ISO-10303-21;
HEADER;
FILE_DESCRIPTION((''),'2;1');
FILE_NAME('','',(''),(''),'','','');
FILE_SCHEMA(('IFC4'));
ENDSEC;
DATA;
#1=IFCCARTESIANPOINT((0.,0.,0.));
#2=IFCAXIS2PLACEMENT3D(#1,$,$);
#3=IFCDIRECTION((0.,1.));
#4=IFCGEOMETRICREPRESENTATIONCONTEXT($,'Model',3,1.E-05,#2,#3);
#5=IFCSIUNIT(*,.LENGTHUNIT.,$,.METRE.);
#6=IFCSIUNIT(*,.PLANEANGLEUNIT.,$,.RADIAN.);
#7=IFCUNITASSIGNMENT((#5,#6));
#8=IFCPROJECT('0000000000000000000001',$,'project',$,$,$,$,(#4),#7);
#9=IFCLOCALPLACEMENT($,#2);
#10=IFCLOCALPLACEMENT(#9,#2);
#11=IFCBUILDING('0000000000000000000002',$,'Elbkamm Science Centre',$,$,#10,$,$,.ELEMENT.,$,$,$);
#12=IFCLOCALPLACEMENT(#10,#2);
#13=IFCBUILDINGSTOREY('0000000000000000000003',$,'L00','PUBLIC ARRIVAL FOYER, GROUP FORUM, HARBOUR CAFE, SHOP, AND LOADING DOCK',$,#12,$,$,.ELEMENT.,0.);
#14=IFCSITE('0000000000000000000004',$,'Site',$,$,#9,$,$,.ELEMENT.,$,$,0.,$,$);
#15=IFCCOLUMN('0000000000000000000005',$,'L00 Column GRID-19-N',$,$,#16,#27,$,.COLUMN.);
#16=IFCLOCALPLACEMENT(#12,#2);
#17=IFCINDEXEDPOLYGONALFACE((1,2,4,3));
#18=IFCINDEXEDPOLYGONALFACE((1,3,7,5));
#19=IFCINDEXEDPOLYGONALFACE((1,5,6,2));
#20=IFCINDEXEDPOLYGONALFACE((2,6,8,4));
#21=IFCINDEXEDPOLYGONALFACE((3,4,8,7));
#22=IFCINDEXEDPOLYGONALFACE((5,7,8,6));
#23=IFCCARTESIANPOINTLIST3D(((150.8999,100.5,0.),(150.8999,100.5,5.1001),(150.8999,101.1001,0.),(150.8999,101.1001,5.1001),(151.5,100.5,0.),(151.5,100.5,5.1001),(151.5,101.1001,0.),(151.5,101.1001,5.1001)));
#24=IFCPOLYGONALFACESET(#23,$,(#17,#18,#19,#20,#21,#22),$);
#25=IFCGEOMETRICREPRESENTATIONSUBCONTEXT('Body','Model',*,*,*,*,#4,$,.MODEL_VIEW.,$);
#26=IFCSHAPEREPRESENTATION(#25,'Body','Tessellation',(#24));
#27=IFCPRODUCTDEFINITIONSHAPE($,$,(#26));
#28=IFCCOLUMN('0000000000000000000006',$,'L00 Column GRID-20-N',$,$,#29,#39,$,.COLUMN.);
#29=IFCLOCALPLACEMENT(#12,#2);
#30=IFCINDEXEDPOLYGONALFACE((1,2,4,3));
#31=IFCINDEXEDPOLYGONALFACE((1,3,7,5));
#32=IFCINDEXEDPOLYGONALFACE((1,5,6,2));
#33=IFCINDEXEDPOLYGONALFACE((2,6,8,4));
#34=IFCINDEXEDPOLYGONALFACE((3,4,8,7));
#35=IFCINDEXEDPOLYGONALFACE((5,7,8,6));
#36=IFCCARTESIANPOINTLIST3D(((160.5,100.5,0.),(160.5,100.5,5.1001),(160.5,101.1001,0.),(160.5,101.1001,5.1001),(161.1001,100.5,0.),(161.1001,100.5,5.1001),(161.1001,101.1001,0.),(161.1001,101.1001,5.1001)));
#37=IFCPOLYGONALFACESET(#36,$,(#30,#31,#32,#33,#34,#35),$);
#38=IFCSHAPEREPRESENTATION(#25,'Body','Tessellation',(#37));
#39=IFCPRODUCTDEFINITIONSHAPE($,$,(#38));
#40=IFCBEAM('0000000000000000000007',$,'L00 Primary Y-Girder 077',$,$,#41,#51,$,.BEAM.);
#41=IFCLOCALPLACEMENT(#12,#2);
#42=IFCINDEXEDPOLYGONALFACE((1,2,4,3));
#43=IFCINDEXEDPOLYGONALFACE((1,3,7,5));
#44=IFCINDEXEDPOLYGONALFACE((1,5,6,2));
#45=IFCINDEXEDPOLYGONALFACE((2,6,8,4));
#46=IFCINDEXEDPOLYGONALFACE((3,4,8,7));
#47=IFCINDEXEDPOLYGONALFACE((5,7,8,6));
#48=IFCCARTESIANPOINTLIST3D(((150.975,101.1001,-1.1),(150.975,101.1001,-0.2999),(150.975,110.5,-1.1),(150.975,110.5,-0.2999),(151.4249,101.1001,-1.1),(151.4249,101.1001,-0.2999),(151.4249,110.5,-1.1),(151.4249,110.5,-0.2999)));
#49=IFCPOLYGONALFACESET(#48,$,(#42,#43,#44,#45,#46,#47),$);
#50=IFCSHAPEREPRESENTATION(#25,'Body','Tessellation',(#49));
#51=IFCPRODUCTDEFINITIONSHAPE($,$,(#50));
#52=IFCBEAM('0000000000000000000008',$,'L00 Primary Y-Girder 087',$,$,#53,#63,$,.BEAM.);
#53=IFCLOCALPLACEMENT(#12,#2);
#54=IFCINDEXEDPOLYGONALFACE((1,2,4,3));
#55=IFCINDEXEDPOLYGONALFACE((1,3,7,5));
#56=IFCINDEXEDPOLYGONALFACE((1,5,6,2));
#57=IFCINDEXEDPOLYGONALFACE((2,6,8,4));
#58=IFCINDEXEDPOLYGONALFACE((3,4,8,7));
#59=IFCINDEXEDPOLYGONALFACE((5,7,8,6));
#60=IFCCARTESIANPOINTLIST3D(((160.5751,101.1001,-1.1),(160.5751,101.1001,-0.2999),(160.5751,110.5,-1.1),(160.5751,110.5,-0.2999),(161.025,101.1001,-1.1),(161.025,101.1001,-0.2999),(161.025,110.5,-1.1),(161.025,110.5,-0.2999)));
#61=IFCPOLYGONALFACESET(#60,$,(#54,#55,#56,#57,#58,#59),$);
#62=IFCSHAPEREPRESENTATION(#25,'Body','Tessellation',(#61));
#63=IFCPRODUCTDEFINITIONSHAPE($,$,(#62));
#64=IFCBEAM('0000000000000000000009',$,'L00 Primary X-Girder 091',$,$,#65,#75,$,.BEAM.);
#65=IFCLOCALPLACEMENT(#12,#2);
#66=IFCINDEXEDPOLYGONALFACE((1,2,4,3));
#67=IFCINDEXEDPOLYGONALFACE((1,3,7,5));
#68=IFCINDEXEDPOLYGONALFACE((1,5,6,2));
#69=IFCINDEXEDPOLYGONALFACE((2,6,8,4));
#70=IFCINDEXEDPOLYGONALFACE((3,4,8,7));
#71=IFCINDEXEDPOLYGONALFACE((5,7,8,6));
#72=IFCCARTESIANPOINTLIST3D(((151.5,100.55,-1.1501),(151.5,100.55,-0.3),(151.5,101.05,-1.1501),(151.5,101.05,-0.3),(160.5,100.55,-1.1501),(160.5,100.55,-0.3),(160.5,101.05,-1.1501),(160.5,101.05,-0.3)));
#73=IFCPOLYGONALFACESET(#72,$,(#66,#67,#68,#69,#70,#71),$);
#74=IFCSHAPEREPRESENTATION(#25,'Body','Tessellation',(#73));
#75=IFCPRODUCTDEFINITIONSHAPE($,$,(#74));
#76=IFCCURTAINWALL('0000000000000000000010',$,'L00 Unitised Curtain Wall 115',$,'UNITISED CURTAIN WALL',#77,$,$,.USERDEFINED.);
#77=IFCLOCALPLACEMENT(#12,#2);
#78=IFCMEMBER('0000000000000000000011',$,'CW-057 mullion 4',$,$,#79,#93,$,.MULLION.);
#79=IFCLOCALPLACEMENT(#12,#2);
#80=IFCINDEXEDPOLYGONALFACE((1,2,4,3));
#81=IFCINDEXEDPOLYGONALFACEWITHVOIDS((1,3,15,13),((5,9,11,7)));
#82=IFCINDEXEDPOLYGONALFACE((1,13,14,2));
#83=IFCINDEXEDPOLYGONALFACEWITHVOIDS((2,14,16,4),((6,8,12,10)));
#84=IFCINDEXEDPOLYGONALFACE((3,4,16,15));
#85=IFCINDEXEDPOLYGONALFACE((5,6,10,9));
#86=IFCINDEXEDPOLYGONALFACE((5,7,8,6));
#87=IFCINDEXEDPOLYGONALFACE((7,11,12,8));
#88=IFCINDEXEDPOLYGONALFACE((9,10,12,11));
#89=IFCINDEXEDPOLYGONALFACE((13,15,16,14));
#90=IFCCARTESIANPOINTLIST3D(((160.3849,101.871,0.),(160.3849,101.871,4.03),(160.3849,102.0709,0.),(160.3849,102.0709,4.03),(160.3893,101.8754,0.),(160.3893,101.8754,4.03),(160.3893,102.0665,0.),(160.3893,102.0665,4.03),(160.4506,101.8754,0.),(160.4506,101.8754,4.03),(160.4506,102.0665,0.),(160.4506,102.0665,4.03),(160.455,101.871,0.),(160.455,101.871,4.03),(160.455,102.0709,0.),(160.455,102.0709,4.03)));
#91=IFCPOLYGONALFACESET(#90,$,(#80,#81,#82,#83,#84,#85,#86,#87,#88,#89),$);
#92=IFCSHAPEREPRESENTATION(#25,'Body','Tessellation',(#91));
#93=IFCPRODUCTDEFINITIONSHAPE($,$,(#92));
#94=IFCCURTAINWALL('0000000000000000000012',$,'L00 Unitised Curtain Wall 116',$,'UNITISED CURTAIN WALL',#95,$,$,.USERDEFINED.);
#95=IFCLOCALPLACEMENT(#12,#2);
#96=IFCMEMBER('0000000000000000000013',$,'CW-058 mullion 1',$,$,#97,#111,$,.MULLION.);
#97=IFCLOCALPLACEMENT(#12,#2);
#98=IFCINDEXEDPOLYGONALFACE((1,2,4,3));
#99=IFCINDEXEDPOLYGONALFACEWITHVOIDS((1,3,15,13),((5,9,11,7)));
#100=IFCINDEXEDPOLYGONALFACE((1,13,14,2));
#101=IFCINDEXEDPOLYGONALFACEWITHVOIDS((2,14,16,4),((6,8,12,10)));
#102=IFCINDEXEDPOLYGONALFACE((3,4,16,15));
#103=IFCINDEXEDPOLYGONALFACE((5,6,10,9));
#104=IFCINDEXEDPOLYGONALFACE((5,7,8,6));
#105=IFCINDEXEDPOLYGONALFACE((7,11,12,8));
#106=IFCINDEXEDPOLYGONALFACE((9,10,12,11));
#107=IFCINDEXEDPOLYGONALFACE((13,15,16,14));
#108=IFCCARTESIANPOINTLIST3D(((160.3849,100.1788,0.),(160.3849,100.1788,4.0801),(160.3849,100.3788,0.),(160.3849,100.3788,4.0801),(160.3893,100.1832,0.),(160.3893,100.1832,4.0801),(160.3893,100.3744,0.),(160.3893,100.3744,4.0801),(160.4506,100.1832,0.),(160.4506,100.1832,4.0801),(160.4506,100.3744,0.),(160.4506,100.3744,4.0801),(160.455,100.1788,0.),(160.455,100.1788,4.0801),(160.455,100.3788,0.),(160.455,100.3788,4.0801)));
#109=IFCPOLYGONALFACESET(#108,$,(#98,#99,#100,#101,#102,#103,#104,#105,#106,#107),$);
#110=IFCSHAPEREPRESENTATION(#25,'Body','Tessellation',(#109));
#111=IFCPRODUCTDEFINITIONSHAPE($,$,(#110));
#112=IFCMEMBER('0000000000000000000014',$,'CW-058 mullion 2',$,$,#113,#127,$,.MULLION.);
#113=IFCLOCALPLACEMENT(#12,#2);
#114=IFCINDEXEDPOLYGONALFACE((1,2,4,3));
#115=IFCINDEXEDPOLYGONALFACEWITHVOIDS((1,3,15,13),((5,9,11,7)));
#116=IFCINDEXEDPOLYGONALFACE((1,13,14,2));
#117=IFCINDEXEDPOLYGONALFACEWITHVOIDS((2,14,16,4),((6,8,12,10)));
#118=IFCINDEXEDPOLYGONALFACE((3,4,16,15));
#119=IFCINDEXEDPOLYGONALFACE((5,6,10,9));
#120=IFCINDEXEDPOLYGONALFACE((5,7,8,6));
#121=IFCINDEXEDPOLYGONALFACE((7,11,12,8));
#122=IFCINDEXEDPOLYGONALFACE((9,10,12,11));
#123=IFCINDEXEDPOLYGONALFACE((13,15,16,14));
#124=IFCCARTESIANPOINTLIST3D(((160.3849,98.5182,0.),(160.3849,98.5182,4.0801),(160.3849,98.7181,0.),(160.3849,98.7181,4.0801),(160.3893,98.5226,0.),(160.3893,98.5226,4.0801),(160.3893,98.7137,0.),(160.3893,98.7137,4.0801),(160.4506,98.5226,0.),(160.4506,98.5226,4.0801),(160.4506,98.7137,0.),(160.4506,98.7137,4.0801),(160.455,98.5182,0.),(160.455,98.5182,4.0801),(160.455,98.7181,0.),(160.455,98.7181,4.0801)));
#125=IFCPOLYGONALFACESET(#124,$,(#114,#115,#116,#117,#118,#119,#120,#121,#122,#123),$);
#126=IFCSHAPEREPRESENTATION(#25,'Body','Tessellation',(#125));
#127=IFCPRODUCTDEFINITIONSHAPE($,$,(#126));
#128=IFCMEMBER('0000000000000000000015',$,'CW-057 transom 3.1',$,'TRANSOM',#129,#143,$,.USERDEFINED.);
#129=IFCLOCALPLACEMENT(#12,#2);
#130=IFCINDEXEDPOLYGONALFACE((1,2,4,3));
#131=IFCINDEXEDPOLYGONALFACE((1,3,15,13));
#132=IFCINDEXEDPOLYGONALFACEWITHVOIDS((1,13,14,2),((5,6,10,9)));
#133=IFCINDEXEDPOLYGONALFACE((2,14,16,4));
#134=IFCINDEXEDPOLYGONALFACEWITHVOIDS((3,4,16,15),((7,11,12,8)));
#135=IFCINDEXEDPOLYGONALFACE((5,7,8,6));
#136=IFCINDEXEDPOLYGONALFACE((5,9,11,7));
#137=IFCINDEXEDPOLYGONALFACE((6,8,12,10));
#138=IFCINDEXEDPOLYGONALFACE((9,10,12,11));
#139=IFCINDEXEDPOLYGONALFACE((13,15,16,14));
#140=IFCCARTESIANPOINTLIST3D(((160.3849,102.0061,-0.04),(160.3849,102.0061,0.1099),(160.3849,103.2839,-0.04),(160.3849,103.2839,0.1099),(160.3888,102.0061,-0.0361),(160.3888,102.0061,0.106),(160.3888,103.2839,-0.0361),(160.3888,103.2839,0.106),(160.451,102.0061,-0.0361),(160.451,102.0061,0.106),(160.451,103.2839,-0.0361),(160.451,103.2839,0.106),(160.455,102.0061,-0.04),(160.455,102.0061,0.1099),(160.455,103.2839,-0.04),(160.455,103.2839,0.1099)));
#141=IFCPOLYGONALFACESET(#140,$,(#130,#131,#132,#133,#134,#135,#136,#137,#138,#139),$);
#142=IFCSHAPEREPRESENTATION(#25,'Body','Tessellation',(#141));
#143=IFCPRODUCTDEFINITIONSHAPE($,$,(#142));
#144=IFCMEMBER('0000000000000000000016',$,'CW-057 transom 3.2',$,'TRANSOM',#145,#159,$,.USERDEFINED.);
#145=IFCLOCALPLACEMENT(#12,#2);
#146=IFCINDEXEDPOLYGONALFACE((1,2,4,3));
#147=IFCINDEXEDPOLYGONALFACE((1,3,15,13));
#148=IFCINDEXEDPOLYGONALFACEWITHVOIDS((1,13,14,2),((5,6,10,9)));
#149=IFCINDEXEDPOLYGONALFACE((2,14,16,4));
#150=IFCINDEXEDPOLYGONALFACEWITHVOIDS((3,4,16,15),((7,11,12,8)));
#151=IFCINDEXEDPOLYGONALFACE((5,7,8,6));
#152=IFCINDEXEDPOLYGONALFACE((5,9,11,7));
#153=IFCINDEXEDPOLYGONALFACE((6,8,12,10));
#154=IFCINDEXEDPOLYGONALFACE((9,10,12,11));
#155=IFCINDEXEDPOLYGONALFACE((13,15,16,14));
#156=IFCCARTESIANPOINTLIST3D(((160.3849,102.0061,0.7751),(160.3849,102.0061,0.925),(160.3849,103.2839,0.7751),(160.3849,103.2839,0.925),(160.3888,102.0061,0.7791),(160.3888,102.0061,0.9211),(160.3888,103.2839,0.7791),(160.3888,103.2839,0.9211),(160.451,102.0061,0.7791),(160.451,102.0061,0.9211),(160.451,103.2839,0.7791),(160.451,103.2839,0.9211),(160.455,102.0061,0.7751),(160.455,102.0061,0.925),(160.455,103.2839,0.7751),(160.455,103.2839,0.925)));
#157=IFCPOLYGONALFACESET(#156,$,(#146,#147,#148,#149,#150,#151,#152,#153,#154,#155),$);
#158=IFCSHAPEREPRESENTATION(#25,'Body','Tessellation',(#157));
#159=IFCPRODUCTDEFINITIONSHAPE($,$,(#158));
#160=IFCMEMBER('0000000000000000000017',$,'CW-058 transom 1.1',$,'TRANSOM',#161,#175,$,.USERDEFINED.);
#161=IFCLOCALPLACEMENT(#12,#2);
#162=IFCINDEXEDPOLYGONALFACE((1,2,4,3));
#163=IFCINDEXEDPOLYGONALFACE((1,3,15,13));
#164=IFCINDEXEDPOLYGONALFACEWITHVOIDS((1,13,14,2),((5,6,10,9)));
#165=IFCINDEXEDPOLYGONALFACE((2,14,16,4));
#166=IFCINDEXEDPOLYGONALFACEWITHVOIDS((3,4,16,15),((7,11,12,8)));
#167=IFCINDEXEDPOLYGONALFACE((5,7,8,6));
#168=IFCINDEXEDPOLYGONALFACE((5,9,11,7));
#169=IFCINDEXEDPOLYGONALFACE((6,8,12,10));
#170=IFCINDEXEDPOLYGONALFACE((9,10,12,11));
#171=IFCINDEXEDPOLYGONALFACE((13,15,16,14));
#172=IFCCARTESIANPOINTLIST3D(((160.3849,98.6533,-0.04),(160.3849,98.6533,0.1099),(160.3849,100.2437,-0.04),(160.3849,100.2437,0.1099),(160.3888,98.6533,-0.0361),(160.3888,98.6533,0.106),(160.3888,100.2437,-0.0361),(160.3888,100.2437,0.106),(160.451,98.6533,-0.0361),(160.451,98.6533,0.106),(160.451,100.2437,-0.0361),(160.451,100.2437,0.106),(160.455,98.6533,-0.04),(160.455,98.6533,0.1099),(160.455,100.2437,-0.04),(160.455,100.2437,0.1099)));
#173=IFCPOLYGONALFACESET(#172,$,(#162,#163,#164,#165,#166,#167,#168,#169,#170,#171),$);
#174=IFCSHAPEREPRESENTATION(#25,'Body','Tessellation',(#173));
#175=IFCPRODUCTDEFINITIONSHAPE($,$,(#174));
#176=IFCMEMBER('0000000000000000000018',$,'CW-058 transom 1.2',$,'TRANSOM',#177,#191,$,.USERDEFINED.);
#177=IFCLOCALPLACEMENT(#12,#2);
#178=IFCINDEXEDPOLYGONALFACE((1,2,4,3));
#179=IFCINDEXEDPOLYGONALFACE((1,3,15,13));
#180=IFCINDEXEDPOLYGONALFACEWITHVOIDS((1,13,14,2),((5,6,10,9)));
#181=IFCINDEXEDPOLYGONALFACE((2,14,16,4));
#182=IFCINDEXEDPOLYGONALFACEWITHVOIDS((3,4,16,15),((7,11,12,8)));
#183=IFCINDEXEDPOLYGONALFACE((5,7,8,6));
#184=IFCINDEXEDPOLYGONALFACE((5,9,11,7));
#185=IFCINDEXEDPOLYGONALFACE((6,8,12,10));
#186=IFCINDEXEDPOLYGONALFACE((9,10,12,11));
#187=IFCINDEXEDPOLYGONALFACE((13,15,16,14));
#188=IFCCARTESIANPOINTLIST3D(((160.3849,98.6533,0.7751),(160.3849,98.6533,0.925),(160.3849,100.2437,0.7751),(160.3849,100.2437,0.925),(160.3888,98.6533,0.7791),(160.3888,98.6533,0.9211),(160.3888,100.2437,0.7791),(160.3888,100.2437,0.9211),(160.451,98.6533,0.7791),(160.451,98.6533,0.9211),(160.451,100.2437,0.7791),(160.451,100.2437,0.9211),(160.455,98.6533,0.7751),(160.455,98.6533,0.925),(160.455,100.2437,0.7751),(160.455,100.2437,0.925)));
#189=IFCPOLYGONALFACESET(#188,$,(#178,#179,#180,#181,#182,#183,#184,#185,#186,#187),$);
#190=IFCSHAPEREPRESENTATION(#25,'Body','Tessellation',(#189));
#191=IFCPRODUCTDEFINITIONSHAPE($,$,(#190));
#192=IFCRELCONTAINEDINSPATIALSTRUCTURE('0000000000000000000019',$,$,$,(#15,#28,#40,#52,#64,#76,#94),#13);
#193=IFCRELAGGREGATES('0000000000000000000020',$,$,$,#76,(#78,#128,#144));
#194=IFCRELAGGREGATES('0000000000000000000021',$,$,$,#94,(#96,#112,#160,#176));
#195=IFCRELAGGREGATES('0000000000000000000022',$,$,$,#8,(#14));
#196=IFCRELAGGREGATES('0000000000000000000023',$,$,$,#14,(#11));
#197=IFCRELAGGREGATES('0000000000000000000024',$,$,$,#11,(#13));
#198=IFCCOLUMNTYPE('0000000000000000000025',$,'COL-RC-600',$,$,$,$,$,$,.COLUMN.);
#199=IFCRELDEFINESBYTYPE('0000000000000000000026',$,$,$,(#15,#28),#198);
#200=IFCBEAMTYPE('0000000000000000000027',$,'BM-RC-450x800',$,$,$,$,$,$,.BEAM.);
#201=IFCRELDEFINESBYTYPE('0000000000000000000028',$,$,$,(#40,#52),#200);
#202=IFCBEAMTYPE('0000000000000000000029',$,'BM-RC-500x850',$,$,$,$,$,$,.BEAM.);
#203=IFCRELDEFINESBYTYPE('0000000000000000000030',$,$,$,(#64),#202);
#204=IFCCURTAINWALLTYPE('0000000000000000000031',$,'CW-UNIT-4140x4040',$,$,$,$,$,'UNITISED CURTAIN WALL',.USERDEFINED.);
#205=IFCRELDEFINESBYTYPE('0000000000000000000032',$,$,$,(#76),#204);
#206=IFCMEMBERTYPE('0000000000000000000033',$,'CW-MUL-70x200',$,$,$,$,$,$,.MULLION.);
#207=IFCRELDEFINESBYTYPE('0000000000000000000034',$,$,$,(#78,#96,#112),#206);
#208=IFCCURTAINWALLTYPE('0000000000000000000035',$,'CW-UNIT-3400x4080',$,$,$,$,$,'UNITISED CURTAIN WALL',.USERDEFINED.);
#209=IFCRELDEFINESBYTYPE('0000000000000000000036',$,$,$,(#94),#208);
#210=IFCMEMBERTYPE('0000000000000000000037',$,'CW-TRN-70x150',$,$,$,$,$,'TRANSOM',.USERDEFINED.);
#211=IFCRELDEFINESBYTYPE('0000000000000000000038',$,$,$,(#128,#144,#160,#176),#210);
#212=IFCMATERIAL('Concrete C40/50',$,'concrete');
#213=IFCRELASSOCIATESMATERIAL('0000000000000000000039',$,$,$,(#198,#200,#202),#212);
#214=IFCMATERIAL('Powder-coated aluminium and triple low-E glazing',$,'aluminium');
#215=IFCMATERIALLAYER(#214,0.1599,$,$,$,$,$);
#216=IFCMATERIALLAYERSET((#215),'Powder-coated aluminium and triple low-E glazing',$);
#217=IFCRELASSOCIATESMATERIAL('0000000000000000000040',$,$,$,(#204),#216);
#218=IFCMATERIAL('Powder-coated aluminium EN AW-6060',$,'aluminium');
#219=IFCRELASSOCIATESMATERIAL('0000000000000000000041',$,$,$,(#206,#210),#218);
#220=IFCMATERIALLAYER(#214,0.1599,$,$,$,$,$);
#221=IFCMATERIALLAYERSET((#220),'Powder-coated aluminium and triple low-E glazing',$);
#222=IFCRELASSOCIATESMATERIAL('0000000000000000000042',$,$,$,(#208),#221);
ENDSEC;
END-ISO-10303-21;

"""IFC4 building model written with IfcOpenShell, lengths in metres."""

from ifc_helpers import new_model, si_unit, direction, frame, origin, origin_2d, place, context, subcontext, project, spatial, rectangle, hollow_rectangle, extrude, material, layer, layer_set, material_profile, profile_set, type_object, element, aggregate, save


model = new_model("IFC4")

# Units and contexts
model_context = context("Model", 3, precision=1e-05, world=origin(), true_north=direction((0.0, 1.0)))
body_context = subcontext(model_context, "Body", "Model", "MODEL_VIEW")
ifc_project = project(units=[si_unit("LENGTHUNIT", "METRE"), si_unit("PLANEANGLEUNIT", "RADIAN")], contexts=[model_context])

# Site, building, storey
site_placement = place(None, origin())
site = spatial("IfcSite", under=ifc_project, at=site_placement, Name="Site", CompositionType="ELEMENT", RefElevation=0.0)
building_placement = place(site_placement, origin())
building = spatial("IfcBuilding", under=site, at=building_placement, Name="Elbkamm Science Centre", CompositionType="ELEMENT")
storey_placement = place(building_placement, origin())
storey = spatial("IfcBuildingStorey", under=building, at=storey_placement, Name="L00", Description="PUBLIC ARRIVAL FOYER, GROUP FORUM, HARBOUR CAFE, SHOP, AND LOADING DOCK", CompositionType="ELEMENT", Elevation=0.0)

# Columns
ifc_material_1 = material(Name="Concrete C40/50", Category="concrete")
ifc_material_profile_1 = material_profile(ifc_material_1, rectangle(XDim=0.6001, YDim=0.6001, at=origin_2d()), Name="RC 600x600")
ifc_profile_set_1 = profile_set([ifc_material_profile_1], Name="Concrete C40/50")
column_type = type_object("IfcColumnType", Name="COL-RC-600", PredefinedType="COLUMN", material=ifc_profile_set_1)
for number, where, z_axis, x_axis, name in (
    (1, (151.2, 100.8, 0.0), (0.0, 0.0, 1.0), (1.0, 0.0, 0.0), "L00 Column GRID-19-N"),
    (2, (160.8, 100.8, 0.0), (0.0, 0.0, 1.0), (1.0, 0.0, 0.0), "L00 Column GRID-20-N"),
):
    element("IfcColumn", number, at=place(storey_placement, frame(where, z_axis=z_axis, x_axis=x_axis)), inside=storey, type_object=column_type, Name=name, PredefinedType="COLUMN", context=body_context, shape_type="SweptSolid", body=[
        extrude(rectangle(XDim=0.6001, YDim=0.6001, at=origin_2d()), origin(), (0.0, 0.0, 1.0), 5.1001),
    ])

# Beams
ifc_material_profile_2 = material_profile(ifc_material_1, rectangle(XDim=0.45, YDim=0.8, at=origin_2d()), Name="RC 450x800")
ifc_profile_set_2 = profile_set([ifc_material_profile_2], Name="Concrete C40/50")
beam_type_1 = type_object("IfcBeamType", Name="BM-RC-450x800", PredefinedType="BEAM", material=ifc_profile_set_2)
for number, where, z_axis, x_axis, name in (
    (3, (151.2, 101.1001, -0.7), (0.0, 1.0, 0.0), (-1.0, 0.0, 0.0), "L00 Primary Y-Girder 077"),
    (4, (160.8, 101.1001, -0.7), (0.0, 1.0, 0.0), (-1.0, 0.0, 0.0), "L00 Primary Y-Girder 087"),
):
    element("IfcBeam", number, at=place(storey_placement, frame(where, z_axis=z_axis, x_axis=x_axis)), inside=storey, type_object=beam_type_1, Name=name, PredefinedType="BEAM", context=body_context, shape_type="SweptSolid", body=[
        extrude(rectangle(XDim=0.45, YDim=0.8, at=origin_2d()), origin(), (0.0, 0.0, 1.0), 9.3999),
    ])
ifc_material_profile_3 = material_profile(ifc_material_1, rectangle(XDim=0.5, YDim=0.8501, at=origin_2d()), Name="RC 500x850")
ifc_profile_set_3 = profile_set([ifc_material_profile_3], Name="Concrete C40/50")
beam_type_2 = type_object("IfcBeamType", Name="BM-RC-500x850", PredefinedType="BEAM", material=ifc_profile_set_3)
beam_1_placement = place(storey_placement, frame((151.5, 100.8, -0.7251), z_axis=(1.0, 0.0, 0.0), x_axis=(0.0, 1.0, 0.0)))
element("IfcBeam", 5, at=beam_1_placement, inside=storey, type_object=beam_type_2, Name="L00 Primary X-Girder 091", PredefinedType="BEAM", context=body_context, shape_type="SweptSolid", body=[
    extrude(rectangle(XDim=0.5, YDim=0.8501, at=origin_2d()), origin(), (0.0, 0.0, 1.0), 9.0),
])

# Curtain wall, member
ifc_material_2 = material(Name="Powder-coated aluminium and triple low-E glazing", Category="aluminium")
ifc_layer_1 = layer(ifc_material_2, 0.1599)
ifc_layer_set_1 = layer_set([ifc_layer_1], Name="Powder-coated aluminium and triple low-E glazing")
curtain_wall_type_1 = type_object("IfcCurtainWallType", Name="CW-UNIT-4140x4040", ElementType="UNITISED CURTAIN WALL", PredefinedType="USERDEFINED", material=ifc_layer_set_1)
curtain_wall_1_placement = place(storey_placement, origin())
curtain_wall_1 = element("IfcCurtainWall", 6, at=curtain_wall_1_placement, inside=storey, type_object=curtain_wall_type_1, Name="L00 Unitised Curtain Wall 115", ObjectType="UNITISED CURTAIN WALL", PredefinedType="USERDEFINED")
ifc_material_3 = material(Name="Powder-coated aluminium EN AW-6060", Category="aluminium")
ifc_material_profile_4 = material_profile(ifc_material_3, hollow_rectangle(XDim=0.0701, YDim=0.2, WallThickness=0.0044, at=origin_2d()), Name="ALU M70x200")
ifc_profile_set_4 = profile_set([ifc_material_profile_4], Name="Powder-coated aluminium EN AW-6060")
member_type_1 = type_object("IfcMemberType", Name="CW-MUL-70x200", PredefinedType="MULLION", material=ifc_profile_set_4)
member_1_placement = place(storey_placement, frame((160.4199, 101.9709, 0.0), z_axis=(0.0, 0.0, 1.0), x_axis=(1.0, 0.0, 0.0)))
member_1 = element("IfcMember", 7, at=member_1_placement, type_object=member_type_1, Name="CW-057 mullion 4", PredefinedType="MULLION", context=body_context, shape_type="SweptSolid", body=[
    extrude(hollow_rectangle(XDim=0.0701, YDim=0.2, WallThickness=0.0044, at=origin_2d()), origin(), (0.0, 0.0, 1.0), 4.03),
])

# Curtain wall, members
ifc_layer_2 = layer(ifc_material_2, 0.1599)
ifc_layer_set_2 = layer_set([ifc_layer_2], Name="Powder-coated aluminium and triple low-E glazing")
curtain_wall_type_2 = type_object("IfcCurtainWallType", Name="CW-UNIT-3400x4080", ElementType="UNITISED CURTAIN WALL", PredefinedType="USERDEFINED", material=ifc_layer_set_2)
curtain_wall_2_placement = place(storey_placement, origin())
curtain_wall_2 = element("IfcCurtainWall", 8, at=curtain_wall_2_placement, inside=storey, type_object=curtain_wall_type_2, Name="L00 Unitised Curtain Wall 116", ObjectType="UNITISED CURTAIN WALL", PredefinedType="USERDEFINED")
member_2_placement = place(storey_placement, frame((160.4199, 100.2788, 0.0), z_axis=(0.0, 0.0, 1.0), x_axis=(1.0, 0.0, 0.0)))
member_2 = element("IfcMember", 9, at=member_2_placement, type_object=member_type_1, Name="CW-058 mullion 1", PredefinedType="MULLION", context=body_context, shape_type="SweptSolid", body=[
    extrude(hollow_rectangle(XDim=0.0701, YDim=0.2, WallThickness=0.0044, at=origin_2d()), origin(), (0.0, 0.0, 1.0), 4.0801),
])
member_3_placement = place(storey_placement, frame((160.4199, 98.6182, 0.0), z_axis=(0.0, 0.0, 1.0), x_axis=(1.0, 0.0, 0.0)))
member_3 = element("IfcMember", 10, at=member_3_placement, type_object=member_type_1, Name="CW-058 mullion 2", PredefinedType="MULLION", context=body_context, shape_type="SweptSolid", body=[
    extrude(hollow_rectangle(XDim=0.0701, YDim=0.2, WallThickness=0.0044, at=origin_2d()), origin(), (0.0, 0.0, 1.0), 4.0801),
])

# Members
ifc_material_profile_5 = material_profile(ifc_material_3, hollow_rectangle(XDim=0.0701, YDim=0.1499, WallThickness=0.0039, at=origin_2d()), Name="ALU T70x150")
ifc_profile_set_5 = profile_set([ifc_material_profile_5], Name="Powder-coated aluminium EN AW-6060")
member_type_2 = type_object("IfcMemberType", Name="CW-TRN-70x150", ElementType="TRANSOM", PredefinedType="USERDEFINED", material=ifc_profile_set_5)
member_4_placement = place(storey_placement, frame((160.4199, 103.2839, 0.0349), z_axis=(0.0, -1.0, 0.0), x_axis=(1.0, 0.0, 0.0)))
member_4 = element("IfcMember", 11, at=member_4_placement, type_object=member_type_2, Name="CW-057 transom 3.1", ObjectType="TRANSOM", PredefinedType="USERDEFINED", context=body_context, shape_type="SweptSolid", body=[
    extrude(hollow_rectangle(XDim=0.0701, YDim=0.1499, WallThickness=0.0039, at=origin_2d()), origin(), (0.0, 0.0, 1.0), 1.2778),
])
member_5_placement = place(storey_placement, frame((160.4199, 103.2839, 0.8501), z_axis=(0.0, -1.0, 0.0), x_axis=(1.0, 0.0, 0.0)))
member_5 = element("IfcMember", 12, at=member_5_placement, type_object=member_type_2, Name="CW-057 transom 3.2", ObjectType="TRANSOM", PredefinedType="USERDEFINED", context=body_context, shape_type="SweptSolid", body=[
    extrude(hollow_rectangle(XDim=0.0701, YDim=0.1499, WallThickness=0.0039, at=origin_2d()), origin(), (0.0, 0.0, 1.0), 1.2778),
])
member_6_placement = place(storey_placement, frame((160.4199, 100.2437, 0.0349), z_axis=(0.0, -1.0, 0.0), x_axis=(1.0, 0.0, 0.0)))
member_6 = element("IfcMember", 13, at=member_6_placement, type_object=member_type_2, Name="CW-058 transom 1.1", ObjectType="TRANSOM", PredefinedType="USERDEFINED", context=body_context, shape_type="SweptSolid", body=[
    extrude(hollow_rectangle(XDim=0.0701, YDim=0.1499, WallThickness=0.0039, at=origin_2d()), origin(), (0.0, 0.0, 1.0), 1.5903),
])
member_7_placement = place(storey_placement, frame((160.4199, 100.2437, 0.8501), z_axis=(0.0, -1.0, 0.0), x_axis=(1.0, 0.0, 0.0)))
member_7 = element("IfcMember", 14, at=member_7_placement, type_object=member_type_2, Name="CW-058 transom 1.2", ObjectType="TRANSOM", PredefinedType="USERDEFINED", context=body_context, shape_type="SweptSolid", body=[
    extrude(hollow_rectangle(XDim=0.0701, YDim=0.1499, WallThickness=0.0039, at=origin_2d()), origin(), (0.0, 0.0, 1.0), 1.5903),
])

aggregate(curtain_wall_1, [member_1, member_4, member_5])
aggregate(curtain_wall_2, [member_2, member_3, member_6, member_7])

save(model, "model.ifc")
